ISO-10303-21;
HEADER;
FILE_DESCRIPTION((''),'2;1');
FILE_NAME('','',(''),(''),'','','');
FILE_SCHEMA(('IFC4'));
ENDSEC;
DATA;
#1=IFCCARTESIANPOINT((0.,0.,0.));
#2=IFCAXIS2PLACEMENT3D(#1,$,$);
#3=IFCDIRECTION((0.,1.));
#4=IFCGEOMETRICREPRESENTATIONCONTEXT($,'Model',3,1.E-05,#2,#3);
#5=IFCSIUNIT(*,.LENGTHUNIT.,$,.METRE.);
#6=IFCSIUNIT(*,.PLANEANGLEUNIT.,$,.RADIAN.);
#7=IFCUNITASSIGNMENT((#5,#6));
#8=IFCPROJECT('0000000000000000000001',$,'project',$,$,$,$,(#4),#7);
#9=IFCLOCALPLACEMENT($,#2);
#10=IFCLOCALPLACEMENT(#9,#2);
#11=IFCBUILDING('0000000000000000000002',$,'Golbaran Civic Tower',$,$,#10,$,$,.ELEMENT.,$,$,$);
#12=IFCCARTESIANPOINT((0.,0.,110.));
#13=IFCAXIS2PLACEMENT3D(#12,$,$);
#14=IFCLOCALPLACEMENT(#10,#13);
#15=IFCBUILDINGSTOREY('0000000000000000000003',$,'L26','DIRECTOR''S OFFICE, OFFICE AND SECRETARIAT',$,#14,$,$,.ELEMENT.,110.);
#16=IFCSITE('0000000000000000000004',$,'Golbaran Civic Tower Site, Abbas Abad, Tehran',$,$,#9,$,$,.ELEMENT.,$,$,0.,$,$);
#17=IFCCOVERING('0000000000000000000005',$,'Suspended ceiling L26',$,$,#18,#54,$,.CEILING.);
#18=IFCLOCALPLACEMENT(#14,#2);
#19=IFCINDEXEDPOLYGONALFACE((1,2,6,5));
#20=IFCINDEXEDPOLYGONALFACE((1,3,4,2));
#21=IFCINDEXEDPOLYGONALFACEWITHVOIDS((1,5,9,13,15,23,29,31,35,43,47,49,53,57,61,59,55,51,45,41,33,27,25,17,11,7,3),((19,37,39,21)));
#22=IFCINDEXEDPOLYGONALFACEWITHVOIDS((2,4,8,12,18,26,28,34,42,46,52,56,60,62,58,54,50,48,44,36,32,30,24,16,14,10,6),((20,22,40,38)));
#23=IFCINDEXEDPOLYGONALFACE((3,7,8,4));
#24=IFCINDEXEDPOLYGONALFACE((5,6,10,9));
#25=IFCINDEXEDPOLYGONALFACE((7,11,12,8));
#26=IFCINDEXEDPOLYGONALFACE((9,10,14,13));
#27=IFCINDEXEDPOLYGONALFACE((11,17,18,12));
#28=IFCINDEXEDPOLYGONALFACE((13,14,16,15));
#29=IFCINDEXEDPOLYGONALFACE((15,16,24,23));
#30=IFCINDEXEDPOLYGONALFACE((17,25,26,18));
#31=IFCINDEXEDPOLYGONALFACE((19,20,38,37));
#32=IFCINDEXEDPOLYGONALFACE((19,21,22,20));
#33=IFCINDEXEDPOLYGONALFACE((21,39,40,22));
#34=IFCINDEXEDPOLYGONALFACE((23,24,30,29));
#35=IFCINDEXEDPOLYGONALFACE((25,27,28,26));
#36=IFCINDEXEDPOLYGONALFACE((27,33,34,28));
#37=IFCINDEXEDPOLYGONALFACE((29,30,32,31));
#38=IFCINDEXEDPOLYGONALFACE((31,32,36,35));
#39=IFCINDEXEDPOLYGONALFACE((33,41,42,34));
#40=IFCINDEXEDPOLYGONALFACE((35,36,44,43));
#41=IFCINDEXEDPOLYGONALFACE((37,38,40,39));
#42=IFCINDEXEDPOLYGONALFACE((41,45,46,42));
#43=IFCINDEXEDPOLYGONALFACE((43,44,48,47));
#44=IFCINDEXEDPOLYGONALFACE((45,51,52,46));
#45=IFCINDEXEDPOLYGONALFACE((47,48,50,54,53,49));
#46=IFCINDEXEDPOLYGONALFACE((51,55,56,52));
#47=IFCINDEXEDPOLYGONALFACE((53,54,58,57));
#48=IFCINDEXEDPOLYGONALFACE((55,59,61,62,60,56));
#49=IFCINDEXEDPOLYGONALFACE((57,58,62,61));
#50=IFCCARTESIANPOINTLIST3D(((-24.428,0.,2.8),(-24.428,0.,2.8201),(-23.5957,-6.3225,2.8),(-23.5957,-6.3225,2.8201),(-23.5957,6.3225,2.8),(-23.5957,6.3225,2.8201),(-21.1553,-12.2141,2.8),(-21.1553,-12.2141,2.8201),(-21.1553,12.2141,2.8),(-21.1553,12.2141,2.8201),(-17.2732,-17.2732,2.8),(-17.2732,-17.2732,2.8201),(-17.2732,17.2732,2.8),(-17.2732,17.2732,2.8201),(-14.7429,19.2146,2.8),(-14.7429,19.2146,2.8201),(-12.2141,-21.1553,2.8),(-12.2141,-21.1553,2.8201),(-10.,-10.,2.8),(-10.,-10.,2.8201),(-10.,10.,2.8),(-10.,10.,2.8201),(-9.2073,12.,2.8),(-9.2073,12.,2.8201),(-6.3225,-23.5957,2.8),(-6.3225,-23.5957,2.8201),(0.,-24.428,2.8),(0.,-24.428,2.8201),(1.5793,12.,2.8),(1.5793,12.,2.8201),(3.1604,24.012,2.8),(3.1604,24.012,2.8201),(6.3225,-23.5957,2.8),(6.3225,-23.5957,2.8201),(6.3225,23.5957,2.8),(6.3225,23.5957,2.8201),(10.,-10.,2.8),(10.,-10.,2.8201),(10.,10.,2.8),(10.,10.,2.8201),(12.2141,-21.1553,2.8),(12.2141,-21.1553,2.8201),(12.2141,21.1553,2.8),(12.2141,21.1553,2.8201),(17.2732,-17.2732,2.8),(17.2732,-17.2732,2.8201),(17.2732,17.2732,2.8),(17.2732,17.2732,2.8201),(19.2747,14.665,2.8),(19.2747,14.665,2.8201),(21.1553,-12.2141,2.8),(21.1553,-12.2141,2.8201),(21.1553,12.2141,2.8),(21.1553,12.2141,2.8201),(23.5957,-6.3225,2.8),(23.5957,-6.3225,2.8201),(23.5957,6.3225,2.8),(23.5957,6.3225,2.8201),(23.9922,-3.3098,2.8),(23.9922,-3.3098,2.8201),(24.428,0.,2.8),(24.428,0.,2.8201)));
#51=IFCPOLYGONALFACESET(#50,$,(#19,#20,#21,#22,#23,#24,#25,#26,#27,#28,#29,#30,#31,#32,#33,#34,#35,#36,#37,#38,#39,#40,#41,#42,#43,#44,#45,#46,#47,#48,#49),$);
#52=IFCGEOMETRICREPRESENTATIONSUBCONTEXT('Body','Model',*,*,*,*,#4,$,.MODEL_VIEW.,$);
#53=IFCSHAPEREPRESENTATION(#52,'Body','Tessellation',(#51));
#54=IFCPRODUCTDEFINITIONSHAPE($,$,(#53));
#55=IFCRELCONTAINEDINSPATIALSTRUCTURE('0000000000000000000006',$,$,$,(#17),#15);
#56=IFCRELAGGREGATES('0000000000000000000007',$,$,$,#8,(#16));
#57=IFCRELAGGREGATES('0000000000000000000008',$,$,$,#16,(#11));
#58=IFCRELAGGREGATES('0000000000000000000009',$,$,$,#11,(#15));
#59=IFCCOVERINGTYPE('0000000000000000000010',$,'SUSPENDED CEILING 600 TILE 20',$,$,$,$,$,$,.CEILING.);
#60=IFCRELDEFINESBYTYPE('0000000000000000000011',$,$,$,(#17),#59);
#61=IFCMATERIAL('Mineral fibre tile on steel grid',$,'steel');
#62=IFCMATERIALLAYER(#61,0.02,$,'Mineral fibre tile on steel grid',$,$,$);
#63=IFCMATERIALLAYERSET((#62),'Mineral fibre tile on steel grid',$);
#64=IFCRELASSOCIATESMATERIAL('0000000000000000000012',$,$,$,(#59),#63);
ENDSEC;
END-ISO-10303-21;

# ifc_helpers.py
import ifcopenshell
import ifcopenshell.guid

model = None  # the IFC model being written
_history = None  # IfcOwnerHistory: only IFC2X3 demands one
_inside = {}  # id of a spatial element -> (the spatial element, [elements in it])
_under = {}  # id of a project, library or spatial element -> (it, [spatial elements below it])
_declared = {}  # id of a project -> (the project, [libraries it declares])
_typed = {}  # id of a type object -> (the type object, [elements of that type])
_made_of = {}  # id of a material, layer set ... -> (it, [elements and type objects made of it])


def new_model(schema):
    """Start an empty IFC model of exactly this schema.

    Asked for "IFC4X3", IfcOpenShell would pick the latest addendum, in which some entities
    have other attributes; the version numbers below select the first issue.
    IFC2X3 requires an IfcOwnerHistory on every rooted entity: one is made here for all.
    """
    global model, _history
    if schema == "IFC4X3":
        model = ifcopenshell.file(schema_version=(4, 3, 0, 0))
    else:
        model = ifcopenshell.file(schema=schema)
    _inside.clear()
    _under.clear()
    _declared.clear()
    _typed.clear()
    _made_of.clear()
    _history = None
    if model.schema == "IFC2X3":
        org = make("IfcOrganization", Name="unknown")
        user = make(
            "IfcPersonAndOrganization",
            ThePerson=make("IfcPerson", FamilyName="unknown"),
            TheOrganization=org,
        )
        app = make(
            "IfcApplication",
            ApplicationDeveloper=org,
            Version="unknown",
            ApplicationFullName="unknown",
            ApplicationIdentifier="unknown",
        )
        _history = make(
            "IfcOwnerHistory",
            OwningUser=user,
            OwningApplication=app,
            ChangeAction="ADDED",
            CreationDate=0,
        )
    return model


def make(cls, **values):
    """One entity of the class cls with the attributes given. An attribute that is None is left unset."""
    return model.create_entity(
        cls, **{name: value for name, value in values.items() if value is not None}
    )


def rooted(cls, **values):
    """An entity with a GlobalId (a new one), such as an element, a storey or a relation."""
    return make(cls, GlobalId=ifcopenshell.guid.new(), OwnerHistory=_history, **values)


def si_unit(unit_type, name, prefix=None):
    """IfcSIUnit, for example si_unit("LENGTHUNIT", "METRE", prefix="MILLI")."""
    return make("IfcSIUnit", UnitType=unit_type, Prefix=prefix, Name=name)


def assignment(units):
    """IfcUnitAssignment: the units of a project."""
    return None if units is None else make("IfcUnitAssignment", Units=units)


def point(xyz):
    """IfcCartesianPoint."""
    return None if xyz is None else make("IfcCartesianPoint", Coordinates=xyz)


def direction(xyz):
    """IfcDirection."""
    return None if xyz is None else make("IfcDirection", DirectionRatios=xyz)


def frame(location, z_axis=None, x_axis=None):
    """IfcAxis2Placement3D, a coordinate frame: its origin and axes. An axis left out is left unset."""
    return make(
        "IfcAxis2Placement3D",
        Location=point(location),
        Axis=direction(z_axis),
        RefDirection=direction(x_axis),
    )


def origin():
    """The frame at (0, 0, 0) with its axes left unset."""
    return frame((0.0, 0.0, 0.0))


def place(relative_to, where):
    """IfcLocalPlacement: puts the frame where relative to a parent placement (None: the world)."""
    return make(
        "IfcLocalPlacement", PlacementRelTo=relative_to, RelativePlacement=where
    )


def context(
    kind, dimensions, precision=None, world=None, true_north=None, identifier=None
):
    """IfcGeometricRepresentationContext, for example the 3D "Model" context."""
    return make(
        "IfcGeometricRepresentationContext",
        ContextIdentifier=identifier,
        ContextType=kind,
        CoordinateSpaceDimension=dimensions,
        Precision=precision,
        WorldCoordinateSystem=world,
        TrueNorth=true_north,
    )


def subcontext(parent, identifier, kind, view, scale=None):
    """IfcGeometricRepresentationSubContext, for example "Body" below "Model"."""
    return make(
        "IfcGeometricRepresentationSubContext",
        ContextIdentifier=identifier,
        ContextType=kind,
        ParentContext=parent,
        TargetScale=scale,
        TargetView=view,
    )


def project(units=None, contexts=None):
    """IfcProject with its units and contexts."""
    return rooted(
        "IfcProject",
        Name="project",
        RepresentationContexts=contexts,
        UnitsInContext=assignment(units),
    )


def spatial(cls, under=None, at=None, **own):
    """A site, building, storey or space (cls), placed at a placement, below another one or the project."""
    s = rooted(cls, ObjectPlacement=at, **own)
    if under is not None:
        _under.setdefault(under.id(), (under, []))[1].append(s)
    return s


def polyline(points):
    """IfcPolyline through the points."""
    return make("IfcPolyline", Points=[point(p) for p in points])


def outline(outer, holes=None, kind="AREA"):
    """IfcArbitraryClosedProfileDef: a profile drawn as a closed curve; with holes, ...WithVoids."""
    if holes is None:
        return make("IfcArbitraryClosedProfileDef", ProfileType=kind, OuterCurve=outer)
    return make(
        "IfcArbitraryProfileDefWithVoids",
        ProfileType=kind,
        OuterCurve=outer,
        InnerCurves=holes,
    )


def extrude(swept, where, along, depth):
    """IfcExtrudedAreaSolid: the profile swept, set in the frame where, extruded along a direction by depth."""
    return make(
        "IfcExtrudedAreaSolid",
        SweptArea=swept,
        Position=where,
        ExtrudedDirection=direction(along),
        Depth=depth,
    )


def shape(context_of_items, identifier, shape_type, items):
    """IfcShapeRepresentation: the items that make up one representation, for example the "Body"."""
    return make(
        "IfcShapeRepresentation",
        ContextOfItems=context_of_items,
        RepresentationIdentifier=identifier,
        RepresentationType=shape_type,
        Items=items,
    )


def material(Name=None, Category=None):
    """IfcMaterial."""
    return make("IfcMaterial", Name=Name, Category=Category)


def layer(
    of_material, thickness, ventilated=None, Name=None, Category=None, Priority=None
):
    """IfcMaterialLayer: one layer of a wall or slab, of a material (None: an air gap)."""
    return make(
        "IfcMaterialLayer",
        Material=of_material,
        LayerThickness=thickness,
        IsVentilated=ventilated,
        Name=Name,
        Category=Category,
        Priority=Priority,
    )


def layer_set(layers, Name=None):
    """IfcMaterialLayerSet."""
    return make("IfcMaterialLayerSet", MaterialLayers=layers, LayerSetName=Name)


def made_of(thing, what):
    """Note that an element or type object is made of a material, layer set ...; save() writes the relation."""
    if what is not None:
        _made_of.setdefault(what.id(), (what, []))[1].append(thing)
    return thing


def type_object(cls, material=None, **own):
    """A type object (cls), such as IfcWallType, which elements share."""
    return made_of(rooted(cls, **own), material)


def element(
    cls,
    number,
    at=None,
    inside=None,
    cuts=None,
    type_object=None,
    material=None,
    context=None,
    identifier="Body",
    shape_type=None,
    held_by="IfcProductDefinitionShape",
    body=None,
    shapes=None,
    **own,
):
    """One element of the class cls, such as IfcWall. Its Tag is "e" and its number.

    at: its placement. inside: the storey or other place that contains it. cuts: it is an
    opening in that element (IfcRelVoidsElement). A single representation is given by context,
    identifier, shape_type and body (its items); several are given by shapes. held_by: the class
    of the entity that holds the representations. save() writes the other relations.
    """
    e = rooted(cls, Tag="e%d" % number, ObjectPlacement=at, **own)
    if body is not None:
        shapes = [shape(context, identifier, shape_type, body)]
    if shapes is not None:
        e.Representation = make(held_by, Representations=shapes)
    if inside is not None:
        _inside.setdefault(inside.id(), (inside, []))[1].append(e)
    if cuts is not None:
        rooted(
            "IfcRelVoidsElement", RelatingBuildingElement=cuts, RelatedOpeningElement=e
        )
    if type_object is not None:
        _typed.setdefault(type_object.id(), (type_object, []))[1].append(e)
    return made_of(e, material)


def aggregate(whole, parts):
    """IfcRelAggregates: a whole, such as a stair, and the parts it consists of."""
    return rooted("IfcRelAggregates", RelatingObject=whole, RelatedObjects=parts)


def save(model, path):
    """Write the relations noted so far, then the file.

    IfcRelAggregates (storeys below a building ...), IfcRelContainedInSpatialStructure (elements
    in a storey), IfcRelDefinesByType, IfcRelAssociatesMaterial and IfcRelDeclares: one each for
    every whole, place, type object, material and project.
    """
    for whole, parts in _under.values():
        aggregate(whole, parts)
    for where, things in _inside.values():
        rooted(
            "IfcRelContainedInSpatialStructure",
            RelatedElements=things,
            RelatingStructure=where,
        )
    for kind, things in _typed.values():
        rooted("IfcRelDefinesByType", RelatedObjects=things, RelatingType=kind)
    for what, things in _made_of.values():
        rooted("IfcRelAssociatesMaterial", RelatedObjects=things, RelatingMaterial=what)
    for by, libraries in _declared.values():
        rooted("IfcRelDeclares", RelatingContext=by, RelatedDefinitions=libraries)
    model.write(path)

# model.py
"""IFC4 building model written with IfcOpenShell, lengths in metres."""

from ifc_helpers import new_model, si_unit, direction, frame, origin, place, context, subcontext, project, spatial, polyline, outline, extrude, material, layer, layer_set, type_object, element, save


model = new_model("IFC4")

# Units and contexts
model_context = context("Model", 3, precision=1e-05, world=origin(), true_north=direction((0.0, 1.0)))
body_context = subcontext(model_context, "Body", "Model", "MODEL_VIEW")
ifc_project = project(units=[si_unit("LENGTHUNIT", "METRE"), si_unit("PLANEANGLEUNIT", "RADIAN")], contexts=[model_context])

# Site, building, storey
site_placement = place(None, origin())
site = spatial("IfcSite", under=ifc_project, at=site_placement, Name="Golbaran Civic Tower Site, Abbas Abad, Tehran", CompositionType="ELEMENT", RefElevation=0.0)
building_placement = place(site_placement, origin())
building = spatial("IfcBuilding", under=site, at=building_placement, Name="Golbaran Civic Tower", CompositionType="ELEMENT")
storey_placement = place(building_placement, frame((0.0, 0.0, 110.0)))
storey = spatial("IfcBuildingStorey", under=building, at=storey_placement, Name="L26", Description="DIRECTOR'S OFFICE, OFFICE AND SECRETARIAT", CompositionType="ELEMENT", Elevation=110.0)

# Covering
ifc_material_1 = material(Name="Mineral fibre tile on steel grid", Category="steel")
ifc_layer_1 = layer(ifc_material_1, 0.02, Name="Mineral fibre tile on steel grid")
ifc_layer_set_1 = layer_set([ifc_layer_1], Name="Mineral fibre tile on steel grid")
covering_type = type_object("IfcCoveringType", Name="SUSPENDED CEILING 600 TILE 20", PredefinedType="CEILING", material=ifc_layer_set_1)
covering_placement = place(storey_placement, frame((0.0, 0.0, 2.8)))
element("IfcCovering", 1, at=covering_placement, inside=storey, type_object=covering_type, Name="Suspended ceiling L26", PredefinedType="CEILING", context=body_context, shape_type="SweptSolid", body=[
    extrude(outline(polyline([(-17.2732, 17.2732), (-14.7429, 19.2146), (-9.2073, 12.0), (1.5793, 12.0), (3.1604, 24.012), (6.3225, 23.5957), (12.2141, 21.1553), (17.2732, 17.2732), (19.2747, 14.665), (21.1553, 12.2141), (23.5957, 6.3225), (24.428, 0.0), (23.9922, -3.3098), (23.5957, -6.3225), (21.1553, -12.2141), (17.2732, -17.2732), (12.2141, -21.1553), (6.3225, -23.5957), (0.0, -24.428), (-6.3225, -23.5957), (-12.2141, -21.1553), (-17.2732, -17.2732), (-21.1553, -12.2141), (-23.5957, -6.3225), (-24.428, 0.0), (-23.5957, 6.3225), (-21.1553, 12.2141), (-17.2732, 17.2732)]), holes=[polyline([(-10.0, 10.0), (-10.0, -10.0), (10.0, -10.0), (10.0, 10.0), (-10.0, 10.0)])]), origin(), (0.0, 0.0, 1.0), 0.02),
])

save(model, "model.ifc")
